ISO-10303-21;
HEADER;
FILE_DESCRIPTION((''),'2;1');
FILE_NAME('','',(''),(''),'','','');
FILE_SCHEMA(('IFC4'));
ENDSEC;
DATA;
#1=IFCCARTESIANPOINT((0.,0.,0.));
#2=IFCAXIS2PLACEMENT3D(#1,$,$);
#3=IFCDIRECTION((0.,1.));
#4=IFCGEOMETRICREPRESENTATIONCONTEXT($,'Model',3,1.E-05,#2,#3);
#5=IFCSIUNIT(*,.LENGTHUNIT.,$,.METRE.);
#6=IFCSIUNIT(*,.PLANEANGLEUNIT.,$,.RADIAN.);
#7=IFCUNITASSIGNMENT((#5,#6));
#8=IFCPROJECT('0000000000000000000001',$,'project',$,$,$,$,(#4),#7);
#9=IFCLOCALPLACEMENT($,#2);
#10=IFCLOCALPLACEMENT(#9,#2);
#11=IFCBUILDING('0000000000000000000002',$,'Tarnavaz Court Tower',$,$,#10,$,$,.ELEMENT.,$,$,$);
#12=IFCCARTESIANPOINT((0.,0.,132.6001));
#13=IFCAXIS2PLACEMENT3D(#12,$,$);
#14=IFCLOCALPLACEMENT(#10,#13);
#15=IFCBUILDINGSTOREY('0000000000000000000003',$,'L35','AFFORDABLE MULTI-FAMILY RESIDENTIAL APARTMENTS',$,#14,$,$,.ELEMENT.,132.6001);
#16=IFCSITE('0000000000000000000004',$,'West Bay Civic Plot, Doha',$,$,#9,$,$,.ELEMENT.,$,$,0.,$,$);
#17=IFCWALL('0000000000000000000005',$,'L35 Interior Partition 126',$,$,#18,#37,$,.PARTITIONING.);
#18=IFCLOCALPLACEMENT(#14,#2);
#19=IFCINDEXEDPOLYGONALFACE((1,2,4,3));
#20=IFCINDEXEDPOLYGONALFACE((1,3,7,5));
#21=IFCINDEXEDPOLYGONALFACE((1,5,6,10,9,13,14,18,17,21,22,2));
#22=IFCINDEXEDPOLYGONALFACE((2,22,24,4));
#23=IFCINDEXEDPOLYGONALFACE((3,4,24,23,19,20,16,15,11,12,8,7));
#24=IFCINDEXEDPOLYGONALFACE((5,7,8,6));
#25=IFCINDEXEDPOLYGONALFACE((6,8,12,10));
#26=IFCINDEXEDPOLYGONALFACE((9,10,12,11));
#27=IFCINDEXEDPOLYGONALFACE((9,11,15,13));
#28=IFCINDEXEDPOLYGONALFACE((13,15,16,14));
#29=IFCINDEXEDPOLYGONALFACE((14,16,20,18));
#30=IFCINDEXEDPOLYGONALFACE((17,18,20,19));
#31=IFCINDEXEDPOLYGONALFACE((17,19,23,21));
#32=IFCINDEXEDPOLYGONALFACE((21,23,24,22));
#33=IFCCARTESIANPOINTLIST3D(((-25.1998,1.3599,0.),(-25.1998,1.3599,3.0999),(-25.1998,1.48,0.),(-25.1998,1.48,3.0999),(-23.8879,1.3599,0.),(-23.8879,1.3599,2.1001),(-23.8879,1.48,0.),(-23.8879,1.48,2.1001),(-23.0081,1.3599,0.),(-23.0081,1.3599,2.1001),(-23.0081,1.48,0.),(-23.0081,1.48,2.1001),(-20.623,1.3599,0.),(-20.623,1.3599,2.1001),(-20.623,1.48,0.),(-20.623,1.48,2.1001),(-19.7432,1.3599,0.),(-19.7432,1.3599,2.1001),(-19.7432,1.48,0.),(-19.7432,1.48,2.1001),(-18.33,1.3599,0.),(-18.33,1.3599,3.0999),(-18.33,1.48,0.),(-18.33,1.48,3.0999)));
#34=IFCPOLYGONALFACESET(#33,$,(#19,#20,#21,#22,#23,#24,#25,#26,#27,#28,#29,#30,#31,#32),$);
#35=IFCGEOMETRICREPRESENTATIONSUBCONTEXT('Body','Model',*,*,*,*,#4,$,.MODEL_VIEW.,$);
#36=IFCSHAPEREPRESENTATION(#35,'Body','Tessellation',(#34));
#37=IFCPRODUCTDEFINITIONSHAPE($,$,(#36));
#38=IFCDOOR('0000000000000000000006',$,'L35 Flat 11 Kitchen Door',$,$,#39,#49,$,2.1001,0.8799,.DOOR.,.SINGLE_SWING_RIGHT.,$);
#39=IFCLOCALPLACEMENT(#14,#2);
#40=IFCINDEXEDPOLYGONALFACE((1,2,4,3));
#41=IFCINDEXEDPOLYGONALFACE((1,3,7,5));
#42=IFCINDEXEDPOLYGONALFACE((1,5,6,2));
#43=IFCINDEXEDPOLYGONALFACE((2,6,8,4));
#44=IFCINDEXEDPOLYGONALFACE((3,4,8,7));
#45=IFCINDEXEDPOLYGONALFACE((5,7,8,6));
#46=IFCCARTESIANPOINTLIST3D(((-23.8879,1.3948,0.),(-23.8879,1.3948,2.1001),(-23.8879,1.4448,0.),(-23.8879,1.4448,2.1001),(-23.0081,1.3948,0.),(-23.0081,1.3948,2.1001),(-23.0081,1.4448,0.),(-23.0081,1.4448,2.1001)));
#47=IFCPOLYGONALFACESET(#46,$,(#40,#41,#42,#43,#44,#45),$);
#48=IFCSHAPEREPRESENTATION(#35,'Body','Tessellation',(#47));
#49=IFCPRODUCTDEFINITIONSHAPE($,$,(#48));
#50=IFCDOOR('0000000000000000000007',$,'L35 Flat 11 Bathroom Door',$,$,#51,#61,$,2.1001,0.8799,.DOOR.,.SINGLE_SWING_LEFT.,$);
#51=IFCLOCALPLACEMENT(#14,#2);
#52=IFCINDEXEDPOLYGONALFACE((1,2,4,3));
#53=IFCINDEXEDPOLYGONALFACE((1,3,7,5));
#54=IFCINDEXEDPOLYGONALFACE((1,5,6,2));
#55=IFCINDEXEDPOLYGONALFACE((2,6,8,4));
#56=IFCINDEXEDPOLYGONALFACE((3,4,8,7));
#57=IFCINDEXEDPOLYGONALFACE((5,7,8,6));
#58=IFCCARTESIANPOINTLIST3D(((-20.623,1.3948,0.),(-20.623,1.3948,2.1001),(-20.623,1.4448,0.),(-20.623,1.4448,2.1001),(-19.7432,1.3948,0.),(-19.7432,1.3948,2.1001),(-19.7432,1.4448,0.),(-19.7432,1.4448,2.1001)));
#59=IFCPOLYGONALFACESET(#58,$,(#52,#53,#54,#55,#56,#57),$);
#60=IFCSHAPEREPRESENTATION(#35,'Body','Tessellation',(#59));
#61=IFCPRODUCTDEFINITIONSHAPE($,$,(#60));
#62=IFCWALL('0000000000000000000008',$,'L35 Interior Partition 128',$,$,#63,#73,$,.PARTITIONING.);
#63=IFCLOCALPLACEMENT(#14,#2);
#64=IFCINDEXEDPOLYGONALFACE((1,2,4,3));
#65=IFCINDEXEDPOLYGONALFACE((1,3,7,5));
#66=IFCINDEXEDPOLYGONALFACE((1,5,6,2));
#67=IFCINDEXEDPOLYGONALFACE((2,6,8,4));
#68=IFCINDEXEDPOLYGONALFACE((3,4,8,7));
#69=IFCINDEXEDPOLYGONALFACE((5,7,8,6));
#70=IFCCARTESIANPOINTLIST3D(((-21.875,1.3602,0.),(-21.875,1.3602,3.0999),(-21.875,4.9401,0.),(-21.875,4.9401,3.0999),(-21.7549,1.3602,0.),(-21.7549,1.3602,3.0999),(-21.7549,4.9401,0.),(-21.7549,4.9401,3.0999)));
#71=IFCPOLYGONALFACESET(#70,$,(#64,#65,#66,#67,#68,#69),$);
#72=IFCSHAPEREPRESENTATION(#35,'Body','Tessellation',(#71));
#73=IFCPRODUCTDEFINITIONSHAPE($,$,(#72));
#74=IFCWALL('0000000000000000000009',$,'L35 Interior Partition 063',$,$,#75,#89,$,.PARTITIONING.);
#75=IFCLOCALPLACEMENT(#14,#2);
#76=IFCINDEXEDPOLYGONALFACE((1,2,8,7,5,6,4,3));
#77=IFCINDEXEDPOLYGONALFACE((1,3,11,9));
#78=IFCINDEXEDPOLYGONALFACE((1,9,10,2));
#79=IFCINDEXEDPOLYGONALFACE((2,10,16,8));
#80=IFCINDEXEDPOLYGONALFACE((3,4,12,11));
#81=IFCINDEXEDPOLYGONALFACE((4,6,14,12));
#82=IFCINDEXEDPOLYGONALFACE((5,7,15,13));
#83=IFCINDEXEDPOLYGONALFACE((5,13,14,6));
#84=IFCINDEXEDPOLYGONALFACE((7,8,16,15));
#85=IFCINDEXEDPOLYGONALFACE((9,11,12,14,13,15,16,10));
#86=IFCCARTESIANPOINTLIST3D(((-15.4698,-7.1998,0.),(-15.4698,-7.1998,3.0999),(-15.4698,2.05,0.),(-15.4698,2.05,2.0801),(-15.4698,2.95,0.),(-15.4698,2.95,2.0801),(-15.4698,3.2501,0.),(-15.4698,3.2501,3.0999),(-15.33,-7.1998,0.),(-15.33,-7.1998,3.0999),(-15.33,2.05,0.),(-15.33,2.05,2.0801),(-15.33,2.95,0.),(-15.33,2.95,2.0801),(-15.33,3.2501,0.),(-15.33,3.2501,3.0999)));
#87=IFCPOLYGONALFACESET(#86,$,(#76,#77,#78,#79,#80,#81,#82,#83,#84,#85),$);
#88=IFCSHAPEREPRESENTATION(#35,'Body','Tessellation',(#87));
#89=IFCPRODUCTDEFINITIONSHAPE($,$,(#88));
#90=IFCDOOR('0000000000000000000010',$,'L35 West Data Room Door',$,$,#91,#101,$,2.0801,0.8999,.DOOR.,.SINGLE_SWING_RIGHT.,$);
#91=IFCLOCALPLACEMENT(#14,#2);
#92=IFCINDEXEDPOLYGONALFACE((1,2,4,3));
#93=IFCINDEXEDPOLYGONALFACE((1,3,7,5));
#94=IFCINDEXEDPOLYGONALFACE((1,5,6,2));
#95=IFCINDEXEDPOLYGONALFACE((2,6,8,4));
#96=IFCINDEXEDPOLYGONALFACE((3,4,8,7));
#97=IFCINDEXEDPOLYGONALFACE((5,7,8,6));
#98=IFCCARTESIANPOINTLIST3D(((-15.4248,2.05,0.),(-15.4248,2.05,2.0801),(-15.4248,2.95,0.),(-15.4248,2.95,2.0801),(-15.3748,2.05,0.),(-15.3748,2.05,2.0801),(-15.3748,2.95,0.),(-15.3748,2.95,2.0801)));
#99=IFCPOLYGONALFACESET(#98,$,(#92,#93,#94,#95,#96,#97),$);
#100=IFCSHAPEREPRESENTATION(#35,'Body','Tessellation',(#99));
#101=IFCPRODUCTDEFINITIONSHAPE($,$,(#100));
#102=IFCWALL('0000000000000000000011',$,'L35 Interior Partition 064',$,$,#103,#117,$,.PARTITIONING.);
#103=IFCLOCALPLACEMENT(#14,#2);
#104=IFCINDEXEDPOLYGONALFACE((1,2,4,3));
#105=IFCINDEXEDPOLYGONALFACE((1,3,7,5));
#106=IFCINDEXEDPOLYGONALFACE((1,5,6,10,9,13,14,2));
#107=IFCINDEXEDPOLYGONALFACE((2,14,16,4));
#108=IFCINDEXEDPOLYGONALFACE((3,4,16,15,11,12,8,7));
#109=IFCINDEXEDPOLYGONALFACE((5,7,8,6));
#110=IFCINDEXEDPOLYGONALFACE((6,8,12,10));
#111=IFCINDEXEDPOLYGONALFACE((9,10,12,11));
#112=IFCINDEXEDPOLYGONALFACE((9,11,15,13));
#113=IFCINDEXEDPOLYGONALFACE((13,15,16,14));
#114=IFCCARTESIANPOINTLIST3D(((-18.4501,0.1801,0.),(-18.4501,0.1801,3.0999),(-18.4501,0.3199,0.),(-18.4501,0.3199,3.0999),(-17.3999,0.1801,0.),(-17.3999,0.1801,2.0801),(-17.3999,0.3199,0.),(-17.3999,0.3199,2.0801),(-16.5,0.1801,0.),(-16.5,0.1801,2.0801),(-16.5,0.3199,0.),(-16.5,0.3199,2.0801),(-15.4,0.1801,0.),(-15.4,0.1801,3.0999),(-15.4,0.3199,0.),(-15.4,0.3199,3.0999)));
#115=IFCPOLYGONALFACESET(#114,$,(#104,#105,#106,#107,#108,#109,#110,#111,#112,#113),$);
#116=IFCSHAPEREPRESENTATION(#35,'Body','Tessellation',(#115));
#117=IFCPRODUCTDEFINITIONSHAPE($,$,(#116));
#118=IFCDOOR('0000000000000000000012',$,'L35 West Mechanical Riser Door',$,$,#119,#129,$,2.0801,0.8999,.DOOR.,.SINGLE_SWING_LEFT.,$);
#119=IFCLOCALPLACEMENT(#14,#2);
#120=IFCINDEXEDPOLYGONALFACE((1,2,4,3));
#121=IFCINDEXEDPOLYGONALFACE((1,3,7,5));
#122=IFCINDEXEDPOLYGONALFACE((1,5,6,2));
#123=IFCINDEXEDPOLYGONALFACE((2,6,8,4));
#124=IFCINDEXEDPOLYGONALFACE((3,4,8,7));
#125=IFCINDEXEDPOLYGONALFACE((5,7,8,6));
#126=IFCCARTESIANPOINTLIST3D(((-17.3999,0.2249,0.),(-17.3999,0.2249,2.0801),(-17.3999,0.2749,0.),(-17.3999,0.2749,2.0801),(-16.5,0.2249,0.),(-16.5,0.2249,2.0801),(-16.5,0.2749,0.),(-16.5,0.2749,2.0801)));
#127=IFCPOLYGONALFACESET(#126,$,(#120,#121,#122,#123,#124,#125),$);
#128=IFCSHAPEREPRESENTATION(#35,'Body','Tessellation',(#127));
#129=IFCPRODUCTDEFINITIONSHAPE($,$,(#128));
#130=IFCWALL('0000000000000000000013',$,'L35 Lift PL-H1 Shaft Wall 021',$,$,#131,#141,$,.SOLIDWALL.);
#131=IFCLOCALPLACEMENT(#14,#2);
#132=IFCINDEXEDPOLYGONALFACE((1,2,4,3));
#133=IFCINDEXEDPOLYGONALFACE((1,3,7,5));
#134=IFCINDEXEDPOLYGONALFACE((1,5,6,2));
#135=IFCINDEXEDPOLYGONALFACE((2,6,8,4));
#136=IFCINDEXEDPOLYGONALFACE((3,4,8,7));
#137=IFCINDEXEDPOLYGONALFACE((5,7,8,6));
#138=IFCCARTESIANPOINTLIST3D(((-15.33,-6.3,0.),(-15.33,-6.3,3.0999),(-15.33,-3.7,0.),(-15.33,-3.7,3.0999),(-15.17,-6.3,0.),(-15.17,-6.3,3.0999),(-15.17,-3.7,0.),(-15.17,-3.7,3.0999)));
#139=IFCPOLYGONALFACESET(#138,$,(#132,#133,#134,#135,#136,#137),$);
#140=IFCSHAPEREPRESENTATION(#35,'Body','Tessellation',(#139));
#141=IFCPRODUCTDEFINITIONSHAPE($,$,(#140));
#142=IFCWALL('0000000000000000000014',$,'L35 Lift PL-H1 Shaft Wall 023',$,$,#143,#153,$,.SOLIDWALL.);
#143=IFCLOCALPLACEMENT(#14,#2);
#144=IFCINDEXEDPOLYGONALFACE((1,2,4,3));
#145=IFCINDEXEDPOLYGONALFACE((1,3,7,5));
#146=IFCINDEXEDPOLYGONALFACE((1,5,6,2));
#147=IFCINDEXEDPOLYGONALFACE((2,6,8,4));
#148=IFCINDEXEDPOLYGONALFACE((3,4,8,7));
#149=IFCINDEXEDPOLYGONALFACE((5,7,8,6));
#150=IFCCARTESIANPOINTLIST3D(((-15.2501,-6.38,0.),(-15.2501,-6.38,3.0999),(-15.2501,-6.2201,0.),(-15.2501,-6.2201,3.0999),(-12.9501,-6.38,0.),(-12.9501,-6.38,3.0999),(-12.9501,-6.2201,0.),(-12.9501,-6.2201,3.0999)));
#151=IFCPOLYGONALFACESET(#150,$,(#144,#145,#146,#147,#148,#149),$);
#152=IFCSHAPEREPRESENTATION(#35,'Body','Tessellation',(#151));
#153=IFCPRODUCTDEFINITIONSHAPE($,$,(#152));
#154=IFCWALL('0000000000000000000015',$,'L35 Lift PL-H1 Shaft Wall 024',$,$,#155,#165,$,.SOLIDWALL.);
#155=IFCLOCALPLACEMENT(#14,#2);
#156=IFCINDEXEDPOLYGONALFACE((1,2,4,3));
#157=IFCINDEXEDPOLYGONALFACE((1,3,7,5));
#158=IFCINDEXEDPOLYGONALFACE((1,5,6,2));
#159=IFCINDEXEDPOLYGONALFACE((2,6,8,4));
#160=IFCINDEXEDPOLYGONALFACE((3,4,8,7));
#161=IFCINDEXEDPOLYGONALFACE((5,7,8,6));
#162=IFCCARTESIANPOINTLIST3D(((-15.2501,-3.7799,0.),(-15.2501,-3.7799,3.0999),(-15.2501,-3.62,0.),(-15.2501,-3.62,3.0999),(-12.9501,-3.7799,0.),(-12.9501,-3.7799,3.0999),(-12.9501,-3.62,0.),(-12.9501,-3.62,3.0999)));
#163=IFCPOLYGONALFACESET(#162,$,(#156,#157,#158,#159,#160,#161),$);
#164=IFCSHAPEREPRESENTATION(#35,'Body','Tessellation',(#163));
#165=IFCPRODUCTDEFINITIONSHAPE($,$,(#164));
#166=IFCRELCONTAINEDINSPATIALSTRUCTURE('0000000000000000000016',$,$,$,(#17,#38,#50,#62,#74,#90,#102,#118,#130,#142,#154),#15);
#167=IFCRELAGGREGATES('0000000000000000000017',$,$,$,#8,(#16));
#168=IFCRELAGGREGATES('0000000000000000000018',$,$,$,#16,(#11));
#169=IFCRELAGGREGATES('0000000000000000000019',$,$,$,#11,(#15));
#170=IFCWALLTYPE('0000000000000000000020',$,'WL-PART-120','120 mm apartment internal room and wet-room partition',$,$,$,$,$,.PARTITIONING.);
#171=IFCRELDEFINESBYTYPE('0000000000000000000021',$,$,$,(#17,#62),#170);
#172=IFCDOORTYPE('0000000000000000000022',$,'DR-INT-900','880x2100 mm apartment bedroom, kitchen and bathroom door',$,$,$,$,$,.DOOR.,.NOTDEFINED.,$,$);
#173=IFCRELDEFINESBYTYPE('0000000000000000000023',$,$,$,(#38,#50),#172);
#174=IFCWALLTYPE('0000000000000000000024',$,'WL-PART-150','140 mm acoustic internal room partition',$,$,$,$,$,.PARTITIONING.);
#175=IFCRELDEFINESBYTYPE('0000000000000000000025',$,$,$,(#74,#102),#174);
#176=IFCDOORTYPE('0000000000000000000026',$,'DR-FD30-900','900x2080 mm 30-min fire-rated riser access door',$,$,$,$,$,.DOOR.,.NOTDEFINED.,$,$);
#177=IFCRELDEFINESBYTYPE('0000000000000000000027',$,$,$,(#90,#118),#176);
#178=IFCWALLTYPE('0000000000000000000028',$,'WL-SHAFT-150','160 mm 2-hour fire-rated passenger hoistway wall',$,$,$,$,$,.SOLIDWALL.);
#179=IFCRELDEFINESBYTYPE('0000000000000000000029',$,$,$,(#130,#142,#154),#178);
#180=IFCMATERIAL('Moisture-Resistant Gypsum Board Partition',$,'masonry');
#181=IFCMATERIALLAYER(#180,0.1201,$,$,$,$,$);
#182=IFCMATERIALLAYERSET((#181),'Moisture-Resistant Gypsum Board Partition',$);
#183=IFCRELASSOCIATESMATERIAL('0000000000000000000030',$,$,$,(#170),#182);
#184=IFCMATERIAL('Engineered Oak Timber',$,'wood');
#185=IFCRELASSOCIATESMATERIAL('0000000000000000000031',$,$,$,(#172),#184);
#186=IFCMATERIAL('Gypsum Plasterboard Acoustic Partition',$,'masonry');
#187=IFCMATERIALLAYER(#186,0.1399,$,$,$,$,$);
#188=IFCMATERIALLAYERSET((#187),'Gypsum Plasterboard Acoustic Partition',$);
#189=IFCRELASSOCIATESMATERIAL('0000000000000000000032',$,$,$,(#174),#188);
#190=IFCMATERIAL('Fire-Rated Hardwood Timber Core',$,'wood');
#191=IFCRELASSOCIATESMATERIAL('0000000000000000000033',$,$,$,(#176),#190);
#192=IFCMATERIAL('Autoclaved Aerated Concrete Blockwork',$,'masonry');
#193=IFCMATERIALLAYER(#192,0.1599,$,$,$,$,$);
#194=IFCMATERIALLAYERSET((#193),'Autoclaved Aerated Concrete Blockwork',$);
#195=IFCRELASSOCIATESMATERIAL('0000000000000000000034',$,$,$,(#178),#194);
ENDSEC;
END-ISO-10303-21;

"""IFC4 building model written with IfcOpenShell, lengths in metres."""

from ifc_helpers import new_model, si_unit, direction, frame, frame_2d, origin, place, context, subcontext, project, spatial, rectangle, extrude, material, layer, layer_set, type_object, element, fill, save


model = new_model("IFC4")

# Units and contexts
model_context = context("Model", 3, precision=1e-05, world=origin(), true_north=direction((0.0, 1.0)))
body_context = subcontext(model_context, "Body", "Model", "MODEL_VIEW")
ifc_project = project(units=[si_unit("LENGTHUNIT", "METRE"), si_unit("PLANEANGLEUNIT", "RADIAN")], contexts=[model_context])

# Site, building, storey
site_placement = place(None, origin())
site = spatial("IfcSite", under=ifc_project, at=site_placement, Name="West Bay Civic Plot, Doha", CompositionType="ELEMENT", RefElevation=0.0)
building_placement = place(site_placement, origin())
building = spatial("IfcBuilding", under=site, at=building_placement, Name="Tarnavaz Court Tower", CompositionType="ELEMENT")
storey_placement = place(building_placement, frame((0.0, 0.0, 132.6001)))
storey = spatial("IfcBuildingStorey", under=building, at=storey_placement, Name="L35", Description="AFFORDABLE MULTI-FAMILY RESIDENTIAL APARTMENTS", CompositionType="ELEMENT", Elevation=132.6001)

# Shared definitions
ifc_material_1 = material(Name="Fire-Rated Hardwood Timber Core", Category="wood")

# Shared definitions
ifc_material_2 = material(Name="Engineered Oak Timber", Category="wood")

# Wall, openings, doors
ifc_material_3 = material(Name="Moisture-Resistant Gypsum Board Partition", Category="masonry")
ifc_layer_1 = layer(ifc_material_3, 0.1201)
ifc_layer_set_1 = layer_set([ifc_layer_1], Name="Moisture-Resistant Gypsum Board Partition")
wall_type_1 = type_object("IfcWallType", Name="WL-PART-120", Description="120 mm apartment internal room and wet-room partition", PredefinedType="PARTITIONING", material=ifc_layer_set_1)
wall_1_placement = place(storey_placement, frame((-25.2, 1.4199, 0.0), z_axis=(0.0, 0.0, 1.0), x_axis=(1.0, 0.0, 0.0)))
wall_1 = element("IfcWall", 1, at=wall_1_placement, inside=storey, type_object=wall_type_1, Name="L35 Interior Partition 126", PredefinedType="PARTITIONING", context=body_context, shape_type="SweptSolid", body=[
    extrude(rectangle(XDim=6.8699, YDim=0.1201, at=frame_2d((3.4351, 0.0))), origin(), (0.0, 0.0, 1.0), 3.0999),
])
opening_1_placement = place(wall_1_placement, frame((1.312, 0.0, 0.0)))
opening_1 = element("IfcOpeningElement", 2, at=opening_1_placement, cuts=wall_1, PredefinedType="OPENING", context=body_context, shape_type="SweptSolid", body=[
    extrude(rectangle(XDim=0.8799, YDim=2.1001, at=frame_2d((0.4399, 1.05))), frame((0.0, 0.0701, 0.0), z_axis=(0.0, -1.0, 0.0), x_axis=(1.0, 0.0, 0.0)), (0.0, 0.0, 1.0), 0.1401),
])
opening_2_placement = place(wall_1_placement, frame((4.5769, 0.0, 0.0)))
opening_2 = element("IfcOpeningElement", 3, at=opening_2_placement, cuts=wall_1, PredefinedType="OPENING", context=body_context, shape_type="SweptSolid", body=[
    extrude(rectangle(XDim=0.8799, YDim=2.1001, at=frame_2d((0.4399, 1.05))), frame((0.0, 0.0701, 0.0), z_axis=(0.0, -1.0, 0.0), x_axis=(1.0, 0.0, 0.0)), (0.0, 0.0, 1.0), 0.1401),
])
door_type_1 = type_object("IfcDoorType", Name="DR-INT-900", Description="880x2100 mm apartment bedroom, kitchen and bathroom door", OperationType="NOTDEFINED", PredefinedType="DOOR", material=ifc_material_2)
door_1_placement = place(opening_1_placement, origin())
door_1 = element("IfcDoor", 4, at=door_1_placement, inside=storey, type_object=door_type_1, Name="L35 Flat 11 Kitchen Door", OperationType="SINGLE_SWING_RIGHT", OverallHeight=2.1001, OverallWidth=0.8799, PredefinedType="DOOR", context=body_context, shape_type="SweptSolid", body=[
    extrude(rectangle(XDim=0.8799, YDim=2.1001, at=frame_2d((0.4399, 1.05))), frame((0.0, 0.0249, 0.0), z_axis=(0.0, -1.0, 0.0), x_axis=(1.0, 0.0, 0.0)), (0.0, 0.0, 1.0), 0.05),
])
fill(opening_1, door_1)
door_2_placement = place(opening_2_placement, origin())
door_2 = element("IfcDoor", 5, at=door_2_placement, inside=storey, type_object=door_type_1, Name="L35 Flat 11 Bathroom Door", OperationType="SINGLE_SWING_LEFT", OverallHeight=2.1001, OverallWidth=0.8799, PredefinedType="DOOR", context=body_context, shape_type="SweptSolid", body=[
    extrude(rectangle(XDim=0.8799, YDim=2.1001, at=frame_2d((0.4399, 1.05))), frame((0.0, 0.0249, 0.0), z_axis=(0.0, -1.0, 0.0), x_axis=(1.0, 0.0, 0.0)), (0.0, 0.0, 1.0), 0.05),
])
fill(opening_2, door_2)

# Wall
wall_2_placement = place(storey_placement, frame((-21.8149, 1.3601, 0.0), z_axis=(0.0, 0.0, 1.0), x_axis=(0.0, 1.0, 0.0)))
element("IfcWall", 6, at=wall_2_placement, inside=storey, type_object=wall_type_1, Name="L35 Interior Partition 128", PredefinedType="PARTITIONING", context=body_context, shape_type="SweptSolid", body=[
    extrude(rectangle(XDim=3.5798, YDim=0.1201, at=frame_2d((1.79, 0.0))), origin(), (0.0, 0.0, 1.0), 3.0999),
])

# Walls, openings, doors
ifc_material_4 = material(Name="Gypsum Plasterboard Acoustic Partition", Category="masonry")
ifc_layer_2 = layer(ifc_material_4, 0.1399)
ifc_layer_set_2 = layer_set([ifc_layer_2], Name="Gypsum Plasterboard Acoustic Partition")
wall_type_2 = type_object("IfcWallType", Name="WL-PART-150", Description="140 mm acoustic internal room partition", PredefinedType="PARTITIONING", material=ifc_layer_set_2)
wall_3_placement = place(storey_placement, frame((-15.3999, -7.2, 0.0), z_axis=(0.0, 0.0, 1.0), x_axis=(0.0, 1.0, 0.0)))
wall_3 = element("IfcWall", 7, at=wall_3_placement, inside=storey, type_object=wall_type_2, Name="L35 Interior Partition 063", PredefinedType="PARTITIONING", context=body_context, shape_type="SweptSolid", body=[
    extrude(rectangle(XDim=10.45, YDim=0.1399, at=frame_2d((5.2251, 0.0))), origin(), (0.0, 0.0, 1.0), 3.0999),
])
opening_3_placement = place(wall_3_placement, frame((9.25, 0.0, 0.0)))
opening_3 = element("IfcOpeningElement", 8, at=opening_3_placement, cuts=wall_3, PredefinedType="OPENING", context=body_context, shape_type="SweptSolid", body=[
    extrude(rectangle(XDim=0.8999, YDim=2.0801, at=frame_2d((0.45, 1.04))), frame((0.0, 0.0798, 0.0), z_axis=(0.0, -1.0, 0.0), x_axis=(1.0, 0.0, 0.0)), (0.0, 0.0, 1.0), 0.1599),
])
door_type_2 = type_object("IfcDoorType", Name="DR-FD30-900", Description="900x2080 mm 30-min fire-rated riser access door", OperationType="NOTDEFINED", PredefinedType="DOOR", material=ifc_material_1)
door_3_placement = place(opening_3_placement, origin())
door_3 = element("IfcDoor", 9, at=door_3_placement, inside=storey, type_object=door_type_2, Name="L35 West Data Room Door", OperationType="SINGLE_SWING_RIGHT", OverallHeight=2.0801, OverallWidth=0.8999, PredefinedType="DOOR", context=body_context, shape_type="SweptSolid", body=[
    extrude(rectangle(XDim=0.8999, YDim=2.0801, at=frame_2d((0.45, 1.04))), frame((0.0, 0.0249, 0.0), z_axis=(0.0, -1.0, 0.0), x_axis=(1.0, 0.0, 0.0)), (0.0, 0.0, 1.0), 0.05),
])
fill(opening_3, door_3)
wall_4_placement = place(storey_placement, frame((-18.45, 0.25, 0.0), z_axis=(0.0, 0.0, 1.0), x_axis=(1.0, 0.0, 0.0)))
wall_4 = element("IfcWall", 10, at=wall_4_placement, inside=storey, type_object=wall_type_2, Name="L35 Interior Partition 064", PredefinedType="PARTITIONING", context=body_context, shape_type="SweptSolid", body=[
    extrude(rectangle(XDim=3.05, YDim=0.1399, at=frame_2d((1.5249, 0.0))), origin(), (0.0, 0.0, 1.0), 3.0999),
])
opening_4_placement = place(wall_4_placement, frame((1.05, 0.0, 0.0)))
opening_4 = element("IfcOpeningElement", 11, at=opening_4_placement, cuts=wall_4, PredefinedType="OPENING", context=body_context, shape_type="SweptSolid", body=[
    extrude(rectangle(XDim=0.8999, YDim=2.0801, at=frame_2d((0.45, 1.04))), frame((0.0, 0.0798, 0.0), z_axis=(0.0, -1.0, 0.0), x_axis=(1.0, 0.0, 0.0)), (0.0, 0.0, 1.0), 0.1599),
])
door_4_placement = place(opening_4_placement, origin())
door_4 = element("IfcDoor", 12, at=door_4_placement, inside=storey, type_object=door_type_2, Name="L35 West Mechanical Riser Door", OperationType="SINGLE_SWING_LEFT", OverallHeight=2.0801, OverallWidth=0.8999, PredefinedType="DOOR", context=body_context, shape_type="SweptSolid", body=[
    extrude(rectangle(XDim=0.8999, YDim=2.0801, at=frame_2d((0.45, 1.04))), frame((0.0, 0.0249, 0.0), z_axis=(0.0, -1.0, 0.0), x_axis=(1.0, 0.0, 0.0)), (0.0, 0.0, 1.0), 0.05),
])
fill(opening_4, door_4)

# Walls
ifc_material_5 = material(Name="Autoclaved Aerated Concrete Blockwork", Category="masonry")
ifc_layer_3 = layer(ifc_material_5, 0.1599)
ifc_layer_set_3 = layer_set([ifc_layer_3], Name="Autoclaved Aerated Concrete Blockwork")
wall_type_3 = type_object("IfcWallType", Name="WL-SHAFT-150", Description="160 mm 2-hour fire-rated passenger hoistway wall", PredefinedType="SOLIDWALL", material=ifc_layer_set_3)
wall_5_placement = place(storey_placement, frame((-15.25, -6.3, 0.0), z_axis=(0.0, 0.0, 1.0), x_axis=(0.0, 1.0, 0.0)))
element("IfcWall", 13, at=wall_5_placement, inside=storey, type_object=wall_type_3, Name="L35 Lift PL-H1 Shaft Wall 021", PredefinedType="SOLIDWALL", context=body_context, shape_type="SweptSolid", body=[
    extrude(rectangle(XDim=2.6001, YDim=0.1599, at=frame_2d((1.3, 0.0))), origin(), (0.0, 0.0, 1.0), 3.0999),
])
for number, where, z_axis, x_axis, name in (
    (14, (-15.25, -6.3, 0.0), (0.0, 0.0, 1.0), (1.0, 0.0, 0.0), "L35 Lift PL-H1 Shaft Wall 023"),
    (15, (-15.25, -3.7, 0.0), (0.0, 0.0, 1.0), (1.0, 0.0, 0.0), "L35 Lift PL-H1 Shaft Wall 024"),
):
    element("IfcWall", number, at=place(storey_placement, frame(where, z_axis=z_axis, x_axis=x_axis)), inside=storey, type_object=wall_type_3, Name=name, PredefinedType="SOLIDWALL", context=body_context, shape_type="SweptSolid", body=[
        extrude(rectangle(XDim=2.3, YDim=0.1599, at=frame_2d((1.1499, 0.0))), origin(), (0.0, 0.0, 1.0), 3.0999),
    ])

save(model, "model.ifc")
